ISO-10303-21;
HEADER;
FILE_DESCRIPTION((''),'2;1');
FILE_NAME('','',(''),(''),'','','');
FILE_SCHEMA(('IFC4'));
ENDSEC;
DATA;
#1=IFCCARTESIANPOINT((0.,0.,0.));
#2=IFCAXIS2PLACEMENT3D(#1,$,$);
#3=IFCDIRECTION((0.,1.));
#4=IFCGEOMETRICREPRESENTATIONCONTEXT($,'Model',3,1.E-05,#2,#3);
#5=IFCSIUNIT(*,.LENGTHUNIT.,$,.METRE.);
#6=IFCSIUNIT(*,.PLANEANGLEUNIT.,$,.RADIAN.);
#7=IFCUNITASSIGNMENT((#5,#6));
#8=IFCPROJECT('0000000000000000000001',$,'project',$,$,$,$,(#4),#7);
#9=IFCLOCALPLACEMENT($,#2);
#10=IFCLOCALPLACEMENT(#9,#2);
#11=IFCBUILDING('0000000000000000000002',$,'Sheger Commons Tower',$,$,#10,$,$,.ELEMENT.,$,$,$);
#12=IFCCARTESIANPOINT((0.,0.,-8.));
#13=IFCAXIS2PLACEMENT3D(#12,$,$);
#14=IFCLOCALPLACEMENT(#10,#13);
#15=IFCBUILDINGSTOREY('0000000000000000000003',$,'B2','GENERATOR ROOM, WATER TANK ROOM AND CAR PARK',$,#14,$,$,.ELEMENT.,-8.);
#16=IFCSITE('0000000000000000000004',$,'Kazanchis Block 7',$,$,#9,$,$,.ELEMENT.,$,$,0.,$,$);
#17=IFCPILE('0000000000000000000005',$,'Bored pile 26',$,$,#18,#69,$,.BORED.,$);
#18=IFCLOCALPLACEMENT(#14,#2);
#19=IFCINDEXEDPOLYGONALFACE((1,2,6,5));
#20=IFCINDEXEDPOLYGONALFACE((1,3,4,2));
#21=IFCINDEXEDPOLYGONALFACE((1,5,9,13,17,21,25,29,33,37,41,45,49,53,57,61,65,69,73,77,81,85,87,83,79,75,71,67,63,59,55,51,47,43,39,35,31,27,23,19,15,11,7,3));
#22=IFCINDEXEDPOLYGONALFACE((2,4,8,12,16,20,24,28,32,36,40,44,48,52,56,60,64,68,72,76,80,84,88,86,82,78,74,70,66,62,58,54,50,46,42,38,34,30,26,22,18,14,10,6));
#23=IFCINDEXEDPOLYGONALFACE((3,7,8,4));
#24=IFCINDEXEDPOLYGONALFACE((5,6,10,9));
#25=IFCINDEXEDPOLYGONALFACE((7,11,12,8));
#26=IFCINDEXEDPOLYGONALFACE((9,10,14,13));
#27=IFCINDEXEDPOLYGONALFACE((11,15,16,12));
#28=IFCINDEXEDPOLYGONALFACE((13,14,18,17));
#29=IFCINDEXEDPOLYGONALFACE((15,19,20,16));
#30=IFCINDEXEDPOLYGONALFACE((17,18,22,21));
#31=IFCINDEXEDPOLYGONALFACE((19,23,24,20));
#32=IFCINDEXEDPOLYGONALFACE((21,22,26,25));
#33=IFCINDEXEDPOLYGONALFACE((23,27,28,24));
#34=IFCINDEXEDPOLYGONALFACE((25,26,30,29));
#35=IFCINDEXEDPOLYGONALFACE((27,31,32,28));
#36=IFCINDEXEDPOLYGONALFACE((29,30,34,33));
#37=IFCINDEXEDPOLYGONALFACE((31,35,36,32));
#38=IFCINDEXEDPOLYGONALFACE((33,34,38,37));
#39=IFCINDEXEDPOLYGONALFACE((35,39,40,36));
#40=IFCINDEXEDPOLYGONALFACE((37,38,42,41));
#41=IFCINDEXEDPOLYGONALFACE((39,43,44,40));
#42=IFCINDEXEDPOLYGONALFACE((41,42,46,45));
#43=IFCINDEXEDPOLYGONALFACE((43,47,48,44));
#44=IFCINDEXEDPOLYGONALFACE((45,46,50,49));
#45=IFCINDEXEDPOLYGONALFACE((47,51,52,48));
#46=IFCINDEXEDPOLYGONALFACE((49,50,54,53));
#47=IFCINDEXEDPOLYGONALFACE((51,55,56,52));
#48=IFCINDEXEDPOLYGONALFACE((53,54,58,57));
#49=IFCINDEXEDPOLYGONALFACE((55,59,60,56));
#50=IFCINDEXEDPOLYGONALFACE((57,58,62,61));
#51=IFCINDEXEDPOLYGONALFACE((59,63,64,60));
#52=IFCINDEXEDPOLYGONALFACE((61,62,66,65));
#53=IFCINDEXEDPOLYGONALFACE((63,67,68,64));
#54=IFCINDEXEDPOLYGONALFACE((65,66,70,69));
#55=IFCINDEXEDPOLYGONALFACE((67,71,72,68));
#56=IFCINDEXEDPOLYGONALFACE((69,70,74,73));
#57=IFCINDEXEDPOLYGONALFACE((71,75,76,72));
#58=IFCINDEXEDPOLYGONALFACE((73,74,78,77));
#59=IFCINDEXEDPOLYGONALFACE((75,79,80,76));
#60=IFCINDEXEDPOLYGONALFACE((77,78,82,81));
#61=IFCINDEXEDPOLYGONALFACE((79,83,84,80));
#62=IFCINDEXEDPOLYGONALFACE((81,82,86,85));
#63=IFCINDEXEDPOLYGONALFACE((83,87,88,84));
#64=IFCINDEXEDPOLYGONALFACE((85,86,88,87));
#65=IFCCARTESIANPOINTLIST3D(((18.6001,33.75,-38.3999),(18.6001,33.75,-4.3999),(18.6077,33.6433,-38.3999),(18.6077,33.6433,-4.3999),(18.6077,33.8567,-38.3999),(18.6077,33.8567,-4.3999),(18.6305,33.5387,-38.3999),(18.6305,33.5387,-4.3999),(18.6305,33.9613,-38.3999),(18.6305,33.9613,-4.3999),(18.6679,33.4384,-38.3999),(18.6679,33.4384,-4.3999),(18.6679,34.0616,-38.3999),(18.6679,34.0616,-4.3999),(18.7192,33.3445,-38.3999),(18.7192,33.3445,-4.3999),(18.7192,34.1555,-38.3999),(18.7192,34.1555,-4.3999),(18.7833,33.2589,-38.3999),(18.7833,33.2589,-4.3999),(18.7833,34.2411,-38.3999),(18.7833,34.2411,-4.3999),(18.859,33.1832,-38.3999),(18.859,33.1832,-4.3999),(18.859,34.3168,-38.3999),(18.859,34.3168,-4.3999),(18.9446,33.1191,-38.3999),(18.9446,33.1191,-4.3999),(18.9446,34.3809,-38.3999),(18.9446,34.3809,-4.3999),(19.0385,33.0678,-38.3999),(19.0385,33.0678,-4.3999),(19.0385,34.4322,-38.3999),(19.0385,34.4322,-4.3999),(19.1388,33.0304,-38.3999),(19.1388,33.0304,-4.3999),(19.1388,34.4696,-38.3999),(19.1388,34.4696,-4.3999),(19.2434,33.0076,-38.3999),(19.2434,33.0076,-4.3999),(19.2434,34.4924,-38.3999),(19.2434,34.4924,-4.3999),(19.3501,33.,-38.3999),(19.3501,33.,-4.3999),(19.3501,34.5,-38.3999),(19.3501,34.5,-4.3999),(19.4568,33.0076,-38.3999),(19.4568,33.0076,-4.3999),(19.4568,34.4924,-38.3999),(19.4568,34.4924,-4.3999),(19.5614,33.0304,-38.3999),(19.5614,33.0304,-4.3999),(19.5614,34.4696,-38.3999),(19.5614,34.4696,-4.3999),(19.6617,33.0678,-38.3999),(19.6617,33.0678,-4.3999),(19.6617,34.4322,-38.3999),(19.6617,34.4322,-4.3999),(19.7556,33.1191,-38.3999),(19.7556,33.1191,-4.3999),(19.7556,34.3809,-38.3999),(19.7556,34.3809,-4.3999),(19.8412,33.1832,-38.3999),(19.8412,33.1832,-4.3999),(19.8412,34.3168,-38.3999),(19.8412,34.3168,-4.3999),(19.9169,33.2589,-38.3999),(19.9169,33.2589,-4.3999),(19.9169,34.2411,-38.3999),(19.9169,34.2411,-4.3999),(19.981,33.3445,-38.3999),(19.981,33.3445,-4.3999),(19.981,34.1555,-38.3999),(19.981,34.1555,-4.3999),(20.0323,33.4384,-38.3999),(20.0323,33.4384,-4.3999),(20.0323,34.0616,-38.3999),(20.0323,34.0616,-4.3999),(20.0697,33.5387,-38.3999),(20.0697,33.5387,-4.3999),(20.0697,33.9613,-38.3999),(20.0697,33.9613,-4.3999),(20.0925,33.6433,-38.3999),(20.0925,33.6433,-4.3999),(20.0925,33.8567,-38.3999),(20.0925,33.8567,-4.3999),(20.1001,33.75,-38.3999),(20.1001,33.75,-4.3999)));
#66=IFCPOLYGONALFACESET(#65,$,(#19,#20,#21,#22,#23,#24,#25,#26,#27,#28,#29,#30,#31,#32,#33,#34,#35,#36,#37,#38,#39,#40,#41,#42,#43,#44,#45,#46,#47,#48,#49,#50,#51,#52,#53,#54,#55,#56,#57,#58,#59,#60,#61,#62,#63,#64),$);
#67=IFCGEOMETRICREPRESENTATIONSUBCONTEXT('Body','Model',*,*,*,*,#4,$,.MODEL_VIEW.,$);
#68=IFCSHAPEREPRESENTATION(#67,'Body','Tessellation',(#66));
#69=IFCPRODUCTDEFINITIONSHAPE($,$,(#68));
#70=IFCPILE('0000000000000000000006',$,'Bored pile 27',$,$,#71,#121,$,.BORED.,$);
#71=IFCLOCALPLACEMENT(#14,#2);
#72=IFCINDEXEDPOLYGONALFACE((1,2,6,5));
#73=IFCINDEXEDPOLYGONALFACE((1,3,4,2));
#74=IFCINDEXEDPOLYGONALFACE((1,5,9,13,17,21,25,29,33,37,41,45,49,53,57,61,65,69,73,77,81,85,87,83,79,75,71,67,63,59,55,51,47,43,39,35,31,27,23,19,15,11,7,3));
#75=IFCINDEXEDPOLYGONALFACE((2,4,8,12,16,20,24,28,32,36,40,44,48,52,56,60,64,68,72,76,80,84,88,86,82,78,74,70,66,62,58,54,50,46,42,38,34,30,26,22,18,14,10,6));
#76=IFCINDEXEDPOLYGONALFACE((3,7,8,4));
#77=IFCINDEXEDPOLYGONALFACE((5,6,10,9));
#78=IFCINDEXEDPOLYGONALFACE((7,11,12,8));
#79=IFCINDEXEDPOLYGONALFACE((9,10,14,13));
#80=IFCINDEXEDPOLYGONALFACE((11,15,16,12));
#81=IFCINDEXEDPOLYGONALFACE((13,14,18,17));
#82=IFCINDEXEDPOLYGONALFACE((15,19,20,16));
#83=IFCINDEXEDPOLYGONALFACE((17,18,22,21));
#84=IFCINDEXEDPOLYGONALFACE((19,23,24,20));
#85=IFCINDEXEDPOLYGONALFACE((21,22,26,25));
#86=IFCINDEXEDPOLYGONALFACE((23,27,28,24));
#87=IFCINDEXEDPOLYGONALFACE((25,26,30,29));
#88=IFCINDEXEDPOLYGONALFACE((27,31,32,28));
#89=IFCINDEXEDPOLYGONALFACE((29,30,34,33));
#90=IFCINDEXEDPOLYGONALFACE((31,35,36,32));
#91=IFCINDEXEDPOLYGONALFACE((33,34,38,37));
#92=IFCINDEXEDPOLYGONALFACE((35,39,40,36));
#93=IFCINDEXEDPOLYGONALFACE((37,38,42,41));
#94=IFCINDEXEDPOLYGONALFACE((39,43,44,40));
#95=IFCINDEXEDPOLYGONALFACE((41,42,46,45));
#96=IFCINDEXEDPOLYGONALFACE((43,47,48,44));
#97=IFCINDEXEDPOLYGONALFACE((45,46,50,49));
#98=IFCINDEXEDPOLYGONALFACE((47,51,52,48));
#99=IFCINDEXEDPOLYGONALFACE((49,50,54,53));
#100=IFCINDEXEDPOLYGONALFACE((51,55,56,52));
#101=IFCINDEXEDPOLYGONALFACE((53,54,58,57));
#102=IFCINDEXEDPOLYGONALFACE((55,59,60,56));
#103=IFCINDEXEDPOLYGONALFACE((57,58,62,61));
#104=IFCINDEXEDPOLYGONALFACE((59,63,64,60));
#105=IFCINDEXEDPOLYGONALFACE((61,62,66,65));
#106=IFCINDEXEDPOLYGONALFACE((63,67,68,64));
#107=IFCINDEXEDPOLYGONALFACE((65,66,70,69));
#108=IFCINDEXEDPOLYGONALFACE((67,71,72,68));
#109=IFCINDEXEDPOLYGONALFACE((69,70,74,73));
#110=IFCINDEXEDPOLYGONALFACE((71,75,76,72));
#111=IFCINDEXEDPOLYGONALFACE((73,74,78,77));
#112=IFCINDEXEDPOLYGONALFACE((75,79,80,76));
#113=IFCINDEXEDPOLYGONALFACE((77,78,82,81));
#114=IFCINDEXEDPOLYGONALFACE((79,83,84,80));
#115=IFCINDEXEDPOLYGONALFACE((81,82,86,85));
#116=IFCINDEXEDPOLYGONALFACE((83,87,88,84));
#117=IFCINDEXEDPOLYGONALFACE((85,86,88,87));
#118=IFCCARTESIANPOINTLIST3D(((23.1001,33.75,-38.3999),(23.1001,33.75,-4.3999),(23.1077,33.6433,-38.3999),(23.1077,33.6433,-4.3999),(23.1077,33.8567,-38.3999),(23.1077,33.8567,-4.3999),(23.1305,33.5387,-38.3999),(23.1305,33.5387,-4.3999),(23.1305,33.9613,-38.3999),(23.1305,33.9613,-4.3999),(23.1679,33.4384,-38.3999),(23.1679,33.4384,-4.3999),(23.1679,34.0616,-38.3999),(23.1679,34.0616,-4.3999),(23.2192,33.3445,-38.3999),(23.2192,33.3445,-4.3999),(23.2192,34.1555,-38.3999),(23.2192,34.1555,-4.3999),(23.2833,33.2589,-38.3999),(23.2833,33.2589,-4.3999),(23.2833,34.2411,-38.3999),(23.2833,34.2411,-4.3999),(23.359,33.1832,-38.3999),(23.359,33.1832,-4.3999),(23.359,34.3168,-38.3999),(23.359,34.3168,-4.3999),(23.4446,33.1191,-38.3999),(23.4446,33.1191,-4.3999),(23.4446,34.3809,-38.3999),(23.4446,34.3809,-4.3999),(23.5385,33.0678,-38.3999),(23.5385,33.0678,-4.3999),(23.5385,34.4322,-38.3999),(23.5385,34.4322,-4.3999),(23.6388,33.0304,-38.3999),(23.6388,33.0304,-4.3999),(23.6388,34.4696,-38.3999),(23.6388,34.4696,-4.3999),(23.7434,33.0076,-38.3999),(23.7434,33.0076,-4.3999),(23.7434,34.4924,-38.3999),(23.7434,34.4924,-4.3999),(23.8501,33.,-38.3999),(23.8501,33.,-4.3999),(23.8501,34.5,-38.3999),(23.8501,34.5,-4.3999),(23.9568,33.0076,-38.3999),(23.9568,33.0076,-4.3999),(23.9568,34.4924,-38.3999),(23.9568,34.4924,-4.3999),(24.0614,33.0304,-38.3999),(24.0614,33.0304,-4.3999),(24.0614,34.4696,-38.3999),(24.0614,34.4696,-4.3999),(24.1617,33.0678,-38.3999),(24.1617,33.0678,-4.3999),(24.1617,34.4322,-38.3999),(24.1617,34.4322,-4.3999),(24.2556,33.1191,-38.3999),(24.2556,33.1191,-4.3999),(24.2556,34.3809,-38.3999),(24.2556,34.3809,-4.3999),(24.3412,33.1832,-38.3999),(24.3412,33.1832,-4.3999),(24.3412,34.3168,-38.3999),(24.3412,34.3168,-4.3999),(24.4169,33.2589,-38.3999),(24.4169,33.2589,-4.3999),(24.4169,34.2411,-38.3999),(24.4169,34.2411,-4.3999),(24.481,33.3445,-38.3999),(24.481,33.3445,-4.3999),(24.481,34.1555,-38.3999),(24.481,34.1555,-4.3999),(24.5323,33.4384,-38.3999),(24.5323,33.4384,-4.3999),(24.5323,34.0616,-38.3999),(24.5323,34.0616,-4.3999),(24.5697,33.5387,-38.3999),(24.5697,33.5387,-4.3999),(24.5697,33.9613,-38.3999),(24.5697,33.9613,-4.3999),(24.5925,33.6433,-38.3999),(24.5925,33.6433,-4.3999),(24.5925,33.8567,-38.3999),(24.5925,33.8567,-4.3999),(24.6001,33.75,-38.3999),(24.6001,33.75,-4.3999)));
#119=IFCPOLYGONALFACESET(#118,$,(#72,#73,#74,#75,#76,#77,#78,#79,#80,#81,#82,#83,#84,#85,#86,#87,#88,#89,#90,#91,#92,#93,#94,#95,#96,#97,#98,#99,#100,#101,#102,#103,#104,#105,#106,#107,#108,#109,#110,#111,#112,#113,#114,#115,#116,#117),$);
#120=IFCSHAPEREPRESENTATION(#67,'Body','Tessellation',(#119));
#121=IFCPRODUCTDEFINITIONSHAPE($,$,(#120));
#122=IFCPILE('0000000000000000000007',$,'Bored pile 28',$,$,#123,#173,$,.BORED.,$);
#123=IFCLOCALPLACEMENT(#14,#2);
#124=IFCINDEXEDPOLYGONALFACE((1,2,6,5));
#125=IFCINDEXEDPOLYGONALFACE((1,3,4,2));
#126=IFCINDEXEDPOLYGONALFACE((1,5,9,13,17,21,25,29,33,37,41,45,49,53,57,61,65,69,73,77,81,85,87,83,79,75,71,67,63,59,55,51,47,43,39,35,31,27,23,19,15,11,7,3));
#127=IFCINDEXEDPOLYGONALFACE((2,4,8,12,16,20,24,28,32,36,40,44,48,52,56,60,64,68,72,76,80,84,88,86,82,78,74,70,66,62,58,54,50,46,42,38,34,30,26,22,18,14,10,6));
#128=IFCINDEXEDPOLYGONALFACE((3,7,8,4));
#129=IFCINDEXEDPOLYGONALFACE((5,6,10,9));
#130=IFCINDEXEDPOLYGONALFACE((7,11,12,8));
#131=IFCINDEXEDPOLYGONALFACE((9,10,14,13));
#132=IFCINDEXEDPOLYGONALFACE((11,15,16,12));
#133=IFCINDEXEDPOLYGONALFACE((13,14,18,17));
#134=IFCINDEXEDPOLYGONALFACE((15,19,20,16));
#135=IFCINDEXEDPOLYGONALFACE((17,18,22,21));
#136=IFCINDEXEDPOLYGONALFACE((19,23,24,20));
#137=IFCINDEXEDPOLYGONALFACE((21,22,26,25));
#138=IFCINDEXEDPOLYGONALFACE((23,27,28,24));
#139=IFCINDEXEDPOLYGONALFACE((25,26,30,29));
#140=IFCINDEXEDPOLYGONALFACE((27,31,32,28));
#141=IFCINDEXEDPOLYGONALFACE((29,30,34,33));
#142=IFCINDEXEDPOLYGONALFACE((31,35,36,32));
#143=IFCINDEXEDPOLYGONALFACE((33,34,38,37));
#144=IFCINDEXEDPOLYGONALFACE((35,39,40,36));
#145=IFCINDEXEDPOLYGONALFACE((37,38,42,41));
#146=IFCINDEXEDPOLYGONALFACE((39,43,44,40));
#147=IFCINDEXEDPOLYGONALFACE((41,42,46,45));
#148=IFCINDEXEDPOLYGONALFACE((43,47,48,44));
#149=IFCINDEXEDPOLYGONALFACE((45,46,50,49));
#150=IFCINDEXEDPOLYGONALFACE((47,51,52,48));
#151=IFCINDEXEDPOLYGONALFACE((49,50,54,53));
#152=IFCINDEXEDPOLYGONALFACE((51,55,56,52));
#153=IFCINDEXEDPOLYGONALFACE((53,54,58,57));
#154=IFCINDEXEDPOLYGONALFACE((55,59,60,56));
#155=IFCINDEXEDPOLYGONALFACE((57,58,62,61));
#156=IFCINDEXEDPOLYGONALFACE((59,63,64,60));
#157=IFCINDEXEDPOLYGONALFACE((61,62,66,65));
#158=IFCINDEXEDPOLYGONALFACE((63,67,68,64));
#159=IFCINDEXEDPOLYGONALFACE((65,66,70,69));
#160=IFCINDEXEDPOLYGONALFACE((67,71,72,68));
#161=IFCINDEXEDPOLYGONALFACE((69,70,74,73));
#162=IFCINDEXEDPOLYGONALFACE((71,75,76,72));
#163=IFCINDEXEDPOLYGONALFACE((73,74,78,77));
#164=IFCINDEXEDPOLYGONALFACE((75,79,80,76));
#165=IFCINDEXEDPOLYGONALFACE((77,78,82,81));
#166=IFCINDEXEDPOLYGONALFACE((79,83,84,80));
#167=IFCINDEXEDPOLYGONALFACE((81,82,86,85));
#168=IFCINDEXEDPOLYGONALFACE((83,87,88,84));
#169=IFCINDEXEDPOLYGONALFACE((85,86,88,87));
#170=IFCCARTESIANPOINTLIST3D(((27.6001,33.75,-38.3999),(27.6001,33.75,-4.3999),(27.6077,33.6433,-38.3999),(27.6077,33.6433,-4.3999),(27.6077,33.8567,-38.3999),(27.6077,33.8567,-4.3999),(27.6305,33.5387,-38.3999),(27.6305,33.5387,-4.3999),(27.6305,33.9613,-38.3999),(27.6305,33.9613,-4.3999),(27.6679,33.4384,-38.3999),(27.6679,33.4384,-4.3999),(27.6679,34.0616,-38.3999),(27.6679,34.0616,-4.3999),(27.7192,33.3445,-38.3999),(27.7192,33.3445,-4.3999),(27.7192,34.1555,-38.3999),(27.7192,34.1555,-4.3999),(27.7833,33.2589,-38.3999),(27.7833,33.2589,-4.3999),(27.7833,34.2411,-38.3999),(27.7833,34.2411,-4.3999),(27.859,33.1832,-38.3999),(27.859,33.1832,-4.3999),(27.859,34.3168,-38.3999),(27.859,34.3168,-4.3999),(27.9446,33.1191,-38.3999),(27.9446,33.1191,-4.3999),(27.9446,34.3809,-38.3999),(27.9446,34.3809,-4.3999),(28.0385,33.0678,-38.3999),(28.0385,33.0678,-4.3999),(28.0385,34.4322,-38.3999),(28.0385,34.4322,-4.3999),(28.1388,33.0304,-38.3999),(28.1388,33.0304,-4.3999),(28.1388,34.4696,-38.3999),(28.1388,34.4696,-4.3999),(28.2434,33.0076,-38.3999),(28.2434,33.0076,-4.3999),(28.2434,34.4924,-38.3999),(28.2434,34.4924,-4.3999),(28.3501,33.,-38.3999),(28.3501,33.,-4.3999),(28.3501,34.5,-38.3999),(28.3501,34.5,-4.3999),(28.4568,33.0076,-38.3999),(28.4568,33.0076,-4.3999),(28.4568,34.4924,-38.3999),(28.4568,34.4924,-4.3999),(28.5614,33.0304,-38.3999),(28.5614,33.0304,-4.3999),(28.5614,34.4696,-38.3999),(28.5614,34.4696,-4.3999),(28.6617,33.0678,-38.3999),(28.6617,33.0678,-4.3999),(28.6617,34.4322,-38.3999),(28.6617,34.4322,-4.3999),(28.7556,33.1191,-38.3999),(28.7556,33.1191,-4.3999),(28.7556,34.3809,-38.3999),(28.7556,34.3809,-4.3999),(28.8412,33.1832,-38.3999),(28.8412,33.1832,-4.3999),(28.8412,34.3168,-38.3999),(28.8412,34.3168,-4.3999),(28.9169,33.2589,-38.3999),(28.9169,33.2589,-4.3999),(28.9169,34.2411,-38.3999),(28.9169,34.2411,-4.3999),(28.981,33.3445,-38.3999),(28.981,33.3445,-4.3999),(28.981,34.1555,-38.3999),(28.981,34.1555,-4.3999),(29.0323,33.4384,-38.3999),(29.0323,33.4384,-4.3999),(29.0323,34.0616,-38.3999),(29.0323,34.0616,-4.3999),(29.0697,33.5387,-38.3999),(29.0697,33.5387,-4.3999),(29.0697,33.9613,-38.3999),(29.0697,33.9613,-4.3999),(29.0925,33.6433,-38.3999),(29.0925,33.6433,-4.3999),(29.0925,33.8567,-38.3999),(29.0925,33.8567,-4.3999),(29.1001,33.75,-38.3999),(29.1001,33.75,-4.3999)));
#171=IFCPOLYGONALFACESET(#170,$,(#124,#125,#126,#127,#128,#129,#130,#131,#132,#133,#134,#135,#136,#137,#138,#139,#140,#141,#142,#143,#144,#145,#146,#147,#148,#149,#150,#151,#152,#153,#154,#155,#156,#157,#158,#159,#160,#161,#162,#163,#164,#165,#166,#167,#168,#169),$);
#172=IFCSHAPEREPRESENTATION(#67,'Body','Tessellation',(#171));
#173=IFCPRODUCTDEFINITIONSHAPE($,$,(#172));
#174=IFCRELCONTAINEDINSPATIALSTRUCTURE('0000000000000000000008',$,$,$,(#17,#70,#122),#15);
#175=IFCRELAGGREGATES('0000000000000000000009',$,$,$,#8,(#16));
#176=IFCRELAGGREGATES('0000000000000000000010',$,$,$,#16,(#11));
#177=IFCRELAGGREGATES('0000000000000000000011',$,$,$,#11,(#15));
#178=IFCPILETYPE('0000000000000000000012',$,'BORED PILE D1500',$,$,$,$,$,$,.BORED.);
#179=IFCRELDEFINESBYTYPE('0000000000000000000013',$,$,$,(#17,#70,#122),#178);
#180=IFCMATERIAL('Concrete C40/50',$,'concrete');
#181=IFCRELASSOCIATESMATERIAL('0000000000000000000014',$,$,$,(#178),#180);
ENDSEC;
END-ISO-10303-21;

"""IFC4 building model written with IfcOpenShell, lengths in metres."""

from ifc_helpers import new_model, si_unit, direction, frame, origin, origin_2d, place, context, subcontext, project, spatial, circle, extrude, material, material_profile, profile_set, type_object, element, save


model = new_model("IFC4")

# Units and contexts
model_context = context("Model", 3, precision=1e-05, world=origin(), true_north=direction((0.0, 1.0)))
body_context = subcontext(model_context, "Body", "Model", "MODEL_VIEW")
ifc_project = project(units=[si_unit("LENGTHUNIT", "METRE"), si_unit("PLANEANGLEUNIT", "RADIAN")], contexts=[model_context])

# Site, building, storey
site_placement = place(None, origin())
site = spatial("IfcSite", under=ifc_project, at=site_placement, Name="Kazanchis Block 7", CompositionType="ELEMENT", RefElevation=0.0)
building_placement = place(site_placement, origin())
building = spatial("IfcBuilding", under=site, at=building_placement, Name="Sheger Commons Tower", CompositionType="ELEMENT")
storey_placement = place(building_placement, frame((0.0, 0.0, -8.0)))
storey = spatial("IfcBuildingStorey", under=building, at=storey_placement, Name="B2", Description="GENERATOR ROOM, WATER TANK ROOM AND CAR PARK", CompositionType="ELEMENT", Elevation=-8.0)

# Piles
ifc_material_1 = material(Name="Concrete C40/50", Category="concrete")
ifc_material_profile_1 = material_profile(ifc_material_1, circle(Radius=0.75, at=origin_2d()), Name="PILE D1500")
ifc_profile_set_1 = profile_set([ifc_material_profile_1], Name="Concrete C40/50")
pile_type = type_object("IfcPileType", Name="BORED PILE D1500", PredefinedType="BORED", material=ifc_profile_set_1)
for number, where, z_axis, x_axis, name in (
    (1, (19.3501, 33.75, -4.3999), (0.0, 0.0, -1.0), (1.0, 0.0, 0.0), "Bored pile 26"),
    (2, (23.8501, 33.75, -4.3999), (0.0, 0.0, -1.0), (1.0, 0.0, 0.0), "Bored pile 27"),
    (3, (28.3501, 33.75, -4.3999), (0.0, 0.0, -1.0), (1.0, 0.0, 0.0), "Bored pile 28"),
):
    element("IfcPile", number, at=place(storey_placement, frame(where, z_axis=z_axis, x_axis=x_axis)), inside=storey, type_object=pile_type, Name=name, PredefinedType="BORED", context=body_context, shape_type="SweptSolid", body=[
        extrude(circle(Radius=0.75, at=origin_2d()), origin(), (0.0, 0.0, 1.0), 34.0),
    ])

save(model, "model.ifc")
